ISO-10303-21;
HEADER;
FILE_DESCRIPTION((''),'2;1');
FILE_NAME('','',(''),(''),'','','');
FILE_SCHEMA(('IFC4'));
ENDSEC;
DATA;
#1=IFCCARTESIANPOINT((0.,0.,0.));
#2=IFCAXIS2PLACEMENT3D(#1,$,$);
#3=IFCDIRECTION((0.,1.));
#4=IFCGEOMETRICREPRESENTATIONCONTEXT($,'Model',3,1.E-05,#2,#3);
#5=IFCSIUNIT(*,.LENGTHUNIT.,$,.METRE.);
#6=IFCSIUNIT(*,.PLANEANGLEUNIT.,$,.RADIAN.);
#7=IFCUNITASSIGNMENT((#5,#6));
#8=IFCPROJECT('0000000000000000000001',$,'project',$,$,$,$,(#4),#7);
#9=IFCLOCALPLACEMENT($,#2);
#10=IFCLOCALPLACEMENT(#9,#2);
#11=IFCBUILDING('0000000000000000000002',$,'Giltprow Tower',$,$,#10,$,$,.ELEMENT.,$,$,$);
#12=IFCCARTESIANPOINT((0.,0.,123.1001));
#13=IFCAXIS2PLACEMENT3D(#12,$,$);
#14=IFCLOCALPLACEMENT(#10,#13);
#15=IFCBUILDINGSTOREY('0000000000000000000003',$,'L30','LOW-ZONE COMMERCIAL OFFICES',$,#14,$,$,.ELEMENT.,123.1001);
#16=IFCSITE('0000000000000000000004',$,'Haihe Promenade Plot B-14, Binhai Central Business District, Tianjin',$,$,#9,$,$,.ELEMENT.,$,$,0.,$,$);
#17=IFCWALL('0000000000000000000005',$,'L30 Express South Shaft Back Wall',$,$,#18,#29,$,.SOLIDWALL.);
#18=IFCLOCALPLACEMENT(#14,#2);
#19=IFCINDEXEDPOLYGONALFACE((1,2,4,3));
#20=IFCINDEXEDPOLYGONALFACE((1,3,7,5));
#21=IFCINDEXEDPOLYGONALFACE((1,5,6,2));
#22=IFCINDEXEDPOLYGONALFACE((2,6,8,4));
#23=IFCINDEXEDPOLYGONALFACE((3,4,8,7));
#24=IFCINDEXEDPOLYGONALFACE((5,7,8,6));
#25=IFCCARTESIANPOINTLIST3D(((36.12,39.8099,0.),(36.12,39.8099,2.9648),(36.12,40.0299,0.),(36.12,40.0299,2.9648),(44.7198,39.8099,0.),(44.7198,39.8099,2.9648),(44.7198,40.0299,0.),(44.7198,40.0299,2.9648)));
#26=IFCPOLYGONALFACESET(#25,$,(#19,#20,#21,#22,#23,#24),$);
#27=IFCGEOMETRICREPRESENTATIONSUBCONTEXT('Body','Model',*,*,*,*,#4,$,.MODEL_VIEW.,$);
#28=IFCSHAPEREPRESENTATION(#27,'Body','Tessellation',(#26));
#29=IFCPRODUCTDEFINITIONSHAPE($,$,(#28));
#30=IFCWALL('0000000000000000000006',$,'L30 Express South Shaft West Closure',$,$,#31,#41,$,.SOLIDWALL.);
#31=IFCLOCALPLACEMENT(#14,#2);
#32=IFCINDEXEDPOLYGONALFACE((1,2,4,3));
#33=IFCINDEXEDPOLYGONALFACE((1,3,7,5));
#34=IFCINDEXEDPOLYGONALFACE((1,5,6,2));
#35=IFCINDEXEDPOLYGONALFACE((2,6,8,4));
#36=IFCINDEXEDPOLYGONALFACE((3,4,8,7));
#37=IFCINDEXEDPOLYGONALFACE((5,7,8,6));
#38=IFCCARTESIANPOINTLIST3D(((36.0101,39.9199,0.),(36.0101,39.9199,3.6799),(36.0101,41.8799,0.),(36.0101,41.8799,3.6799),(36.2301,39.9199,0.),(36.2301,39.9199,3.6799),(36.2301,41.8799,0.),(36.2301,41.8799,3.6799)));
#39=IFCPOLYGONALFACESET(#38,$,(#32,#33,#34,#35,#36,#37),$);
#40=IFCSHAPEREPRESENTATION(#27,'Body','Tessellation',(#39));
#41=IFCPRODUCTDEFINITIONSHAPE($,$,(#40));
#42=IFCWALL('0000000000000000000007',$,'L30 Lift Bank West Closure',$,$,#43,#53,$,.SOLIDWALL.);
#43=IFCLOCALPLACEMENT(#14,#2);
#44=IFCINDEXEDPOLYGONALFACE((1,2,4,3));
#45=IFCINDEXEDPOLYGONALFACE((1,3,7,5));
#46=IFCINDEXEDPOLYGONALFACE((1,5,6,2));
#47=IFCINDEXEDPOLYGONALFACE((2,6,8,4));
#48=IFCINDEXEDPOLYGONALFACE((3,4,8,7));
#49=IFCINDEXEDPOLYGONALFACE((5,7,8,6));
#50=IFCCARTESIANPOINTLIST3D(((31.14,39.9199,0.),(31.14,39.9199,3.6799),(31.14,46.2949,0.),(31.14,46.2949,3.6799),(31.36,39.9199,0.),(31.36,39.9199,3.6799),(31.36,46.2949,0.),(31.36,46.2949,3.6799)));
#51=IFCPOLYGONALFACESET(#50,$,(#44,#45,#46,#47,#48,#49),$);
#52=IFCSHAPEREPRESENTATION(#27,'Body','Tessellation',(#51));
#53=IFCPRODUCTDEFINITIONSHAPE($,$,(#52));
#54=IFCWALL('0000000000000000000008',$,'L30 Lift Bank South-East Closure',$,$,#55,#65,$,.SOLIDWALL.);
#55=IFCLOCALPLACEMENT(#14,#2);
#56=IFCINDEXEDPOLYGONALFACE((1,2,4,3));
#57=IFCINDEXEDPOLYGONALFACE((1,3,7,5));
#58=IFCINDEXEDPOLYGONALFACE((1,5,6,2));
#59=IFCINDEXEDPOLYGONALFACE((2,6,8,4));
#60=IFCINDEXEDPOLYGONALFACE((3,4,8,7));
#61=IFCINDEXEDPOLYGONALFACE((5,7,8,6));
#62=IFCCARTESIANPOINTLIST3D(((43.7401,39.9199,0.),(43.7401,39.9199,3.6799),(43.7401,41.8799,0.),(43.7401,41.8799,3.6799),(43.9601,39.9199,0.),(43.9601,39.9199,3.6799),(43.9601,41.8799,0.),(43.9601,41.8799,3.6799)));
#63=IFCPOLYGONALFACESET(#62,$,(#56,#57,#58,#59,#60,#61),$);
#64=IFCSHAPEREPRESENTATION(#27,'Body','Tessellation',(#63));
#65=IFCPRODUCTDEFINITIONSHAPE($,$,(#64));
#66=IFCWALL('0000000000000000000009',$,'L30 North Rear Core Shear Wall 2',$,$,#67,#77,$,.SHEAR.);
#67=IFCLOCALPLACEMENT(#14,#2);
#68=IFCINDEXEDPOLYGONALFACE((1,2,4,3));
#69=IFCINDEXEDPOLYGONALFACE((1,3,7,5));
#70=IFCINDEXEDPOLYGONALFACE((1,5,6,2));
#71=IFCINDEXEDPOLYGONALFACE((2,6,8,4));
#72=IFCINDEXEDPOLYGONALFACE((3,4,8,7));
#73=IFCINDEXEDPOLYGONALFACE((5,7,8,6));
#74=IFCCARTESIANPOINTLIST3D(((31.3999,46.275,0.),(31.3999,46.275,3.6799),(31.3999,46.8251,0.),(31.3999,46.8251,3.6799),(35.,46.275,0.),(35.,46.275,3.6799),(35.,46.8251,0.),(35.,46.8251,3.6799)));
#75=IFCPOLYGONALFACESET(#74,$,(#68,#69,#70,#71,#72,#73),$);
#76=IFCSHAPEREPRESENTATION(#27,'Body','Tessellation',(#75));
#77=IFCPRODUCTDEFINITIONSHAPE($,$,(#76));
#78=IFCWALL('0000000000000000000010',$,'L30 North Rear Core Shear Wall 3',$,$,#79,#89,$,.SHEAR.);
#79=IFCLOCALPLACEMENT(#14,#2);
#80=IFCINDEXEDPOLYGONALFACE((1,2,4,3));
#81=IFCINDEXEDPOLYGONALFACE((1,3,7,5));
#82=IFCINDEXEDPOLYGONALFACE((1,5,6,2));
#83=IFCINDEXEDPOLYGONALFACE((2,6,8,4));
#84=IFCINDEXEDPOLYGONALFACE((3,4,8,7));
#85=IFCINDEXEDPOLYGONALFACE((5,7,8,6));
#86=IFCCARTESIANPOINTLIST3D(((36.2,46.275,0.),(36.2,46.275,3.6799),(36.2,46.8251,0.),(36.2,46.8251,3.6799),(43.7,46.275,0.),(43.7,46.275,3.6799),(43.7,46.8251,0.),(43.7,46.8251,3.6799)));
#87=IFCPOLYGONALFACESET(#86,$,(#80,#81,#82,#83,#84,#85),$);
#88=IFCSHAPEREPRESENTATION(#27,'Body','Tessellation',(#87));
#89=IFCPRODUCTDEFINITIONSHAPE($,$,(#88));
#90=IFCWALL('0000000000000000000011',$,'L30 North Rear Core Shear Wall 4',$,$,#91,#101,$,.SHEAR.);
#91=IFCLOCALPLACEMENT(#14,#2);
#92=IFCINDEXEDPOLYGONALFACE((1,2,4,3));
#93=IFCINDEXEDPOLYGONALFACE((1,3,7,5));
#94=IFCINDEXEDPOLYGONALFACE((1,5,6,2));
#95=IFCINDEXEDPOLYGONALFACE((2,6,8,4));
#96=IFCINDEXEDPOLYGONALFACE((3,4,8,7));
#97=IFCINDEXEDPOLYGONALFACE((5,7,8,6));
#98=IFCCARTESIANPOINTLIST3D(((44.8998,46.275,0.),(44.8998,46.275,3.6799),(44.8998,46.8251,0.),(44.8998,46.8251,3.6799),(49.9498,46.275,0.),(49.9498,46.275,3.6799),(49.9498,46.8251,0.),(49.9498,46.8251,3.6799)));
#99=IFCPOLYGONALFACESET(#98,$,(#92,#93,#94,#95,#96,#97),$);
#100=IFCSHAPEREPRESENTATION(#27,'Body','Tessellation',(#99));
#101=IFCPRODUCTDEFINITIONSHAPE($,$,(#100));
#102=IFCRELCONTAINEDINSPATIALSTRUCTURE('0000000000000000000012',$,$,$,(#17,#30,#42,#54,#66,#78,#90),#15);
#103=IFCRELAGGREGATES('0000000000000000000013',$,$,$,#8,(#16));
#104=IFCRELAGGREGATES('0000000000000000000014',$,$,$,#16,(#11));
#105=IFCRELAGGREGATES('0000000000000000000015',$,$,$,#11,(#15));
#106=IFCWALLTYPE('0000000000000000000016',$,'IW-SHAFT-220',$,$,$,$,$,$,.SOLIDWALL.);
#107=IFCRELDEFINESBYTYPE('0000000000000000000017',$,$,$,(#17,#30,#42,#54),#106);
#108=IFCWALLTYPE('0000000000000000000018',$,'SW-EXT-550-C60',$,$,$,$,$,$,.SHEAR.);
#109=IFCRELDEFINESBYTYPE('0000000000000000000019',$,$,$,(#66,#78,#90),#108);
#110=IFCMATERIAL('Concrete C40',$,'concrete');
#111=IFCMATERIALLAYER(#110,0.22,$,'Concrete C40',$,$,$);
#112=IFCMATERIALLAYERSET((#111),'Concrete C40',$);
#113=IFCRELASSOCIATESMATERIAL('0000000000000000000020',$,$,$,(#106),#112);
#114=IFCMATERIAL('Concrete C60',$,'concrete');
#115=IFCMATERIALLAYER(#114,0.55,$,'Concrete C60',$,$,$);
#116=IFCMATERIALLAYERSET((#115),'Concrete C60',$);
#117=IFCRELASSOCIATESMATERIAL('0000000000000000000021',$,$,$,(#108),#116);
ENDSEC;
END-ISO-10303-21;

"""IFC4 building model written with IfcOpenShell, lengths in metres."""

from ifc_helpers import new_model, si_unit, direction, frame, frame_2d, origin, place, context, subcontext, project, spatial, rectangle, extrude, material, layer, layer_set, type_object, element, save


model = new_model("IFC4")

# Units and contexts
model_context = context("Model", 3, precision=1e-05, world=origin(), true_north=direction((0.0, 1.0)))
body_context = subcontext(model_context, "Body", "Model", "MODEL_VIEW")
ifc_project = project(units=[si_unit("LENGTHUNIT", "METRE"), si_unit("PLANEANGLEUNIT", "RADIAN")], contexts=[model_context])

# Site, building, storey
site_placement = place(None, origin())
site = spatial("IfcSite", under=ifc_project, at=site_placement, Name="Haihe Promenade Plot B-14, Binhai Central Business District, Tianjin", CompositionType="ELEMENT", RefElevation=0.0)
building_placement = place(site_placement, origin())
building = spatial("IfcBuilding", under=site, at=building_placement, Name="Giltprow Tower", CompositionType="ELEMENT")
storey_placement = place(building_placement, frame((0.0, 0.0, 123.1001)))
storey = spatial("IfcBuildingStorey", under=building, at=storey_placement, Name="L30", Description="LOW-ZONE COMMERCIAL OFFICES", CompositionType="ELEMENT", Elevation=123.1001)

# Shared definitions
ifc_material_1 = material(Name="Concrete C60", Category="concrete")

# Shared definitions
ifc_material_2 = material(Name="Concrete C40", Category="concrete")
ifc_layer_1 = layer(ifc_material_2, 0.22, Name="Concrete C40")
ifc_layer_set_1 = layer_set([ifc_layer_1], Name="Concrete C40")
wall_type_1 = type_object("IfcWallType", Name="IW-SHAFT-220", PredefinedType="SOLIDWALL", material=ifc_layer_set_1)

# Walls
wall_1_placement = place(storey_placement, frame((36.1201, 39.9199, 0.0), z_axis=(0.0, 0.0, 1.0), x_axis=(1.0, 0.0, 0.0)))
element("IfcWall", 1, at=wall_1_placement, inside=storey, type_object=wall_type_1, Name="L30 Express South Shaft Back Wall", PredefinedType="SOLIDWALL", context=body_context, shape_type="SweptSolid", body=[
    extrude(rectangle(XDim=8.5999, YDim=0.22, at=frame_2d((4.2998, 0.0))), origin(), (0.0, 0.0, 1.0), 2.9648),
])
wall_2_placement = place(storey_placement, frame((36.1201, 39.9199, 0.0), z_axis=(0.0, 0.0, 1.0), x_axis=(0.0, 1.0, 0.0)))
element("IfcWall", 2, at=wall_2_placement, inside=storey, type_object=wall_type_1, Name="L30 Express South Shaft West Closure", PredefinedType="SOLIDWALL", context=body_context, shape_type="SweptSolid", body=[
    extrude(rectangle(XDim=1.96, YDim=0.22, at=frame_2d((0.98, 0.0))), origin(), (0.0, 0.0, 1.0), 3.6799),
])
wall_3_placement = place(storey_placement, frame((31.25, 39.9199, 0.0), z_axis=(0.0, 0.0, 1.0), x_axis=(0.0, 1.0, 0.0)))
element("IfcWall", 3, at=wall_3_placement, inside=storey, type_object=wall_type_1, Name="L30 Lift Bank West Closure", PredefinedType="SOLIDWALL", context=body_context, shape_type="SweptSolid", body=[
    extrude(rectangle(XDim=6.375, YDim=0.22, at=frame_2d((3.1875, 0.0))), origin(), (0.0, 0.0, 1.0), 3.6799),
])
wall_4_placement = place(storey_placement, frame((43.8501, 39.9199, 0.0), z_axis=(0.0, 0.0, 1.0), x_axis=(0.0, 1.0, 0.0)))
element("IfcWall", 4, at=wall_4_placement, inside=storey, type_object=wall_type_1, Name="L30 Lift Bank South-East Closure", PredefinedType="SOLIDWALL", context=body_context, shape_type="SweptSolid", body=[
    extrude(rectangle(XDim=1.96, YDim=0.22, at=frame_2d((0.98, 0.0))), origin(), (0.0, 0.0, 1.0), 3.6799),
])
ifc_layer_2 = layer(ifc_material_1, 0.55, Name="Concrete C60")
ifc_layer_set_2 = layer_set([ifc_layer_2], Name="Concrete C60")
wall_type_2 = type_object("IfcWallType", Name="SW-EXT-550-C60", PredefinedType="SHEAR", material=ifc_layer_set_2)
wall_5_placement = place(storey_placement, frame((31.3999, 46.55, 0.0), z_axis=(0.0, 0.0, 1.0), x_axis=(1.0, 0.0, 0.0)))
element("IfcWall", 5, at=wall_5_placement, inside=storey, type_object=wall_type_2, Name="L30 North Rear Core Shear Wall 2", PredefinedType="SHEAR", context=body_context, shape_type="SweptSolid", body=[
    extrude(rectangle(XDim=3.6001, YDim=0.55, at=frame_2d((1.8, 0.0))), origin(), (0.0, 0.0, 1.0), 3.6799),
])
wall_6_placement = place(storey_placement, frame((36.2, 46.55, 0.0), z_axis=(0.0, 0.0, 1.0), x_axis=(1.0, 0.0, 0.0)))
element("IfcWall", 6, at=wall_6_placement, inside=storey, type_object=wall_type_2, Name="L30 North Rear Core Shear Wall 3", PredefinedType="SHEAR", context=body_context, shape_type="SweptSolid", body=[
    extrude(rectangle(XDim=7.5, YDim=0.55, at=frame_2d((3.75, 0.0))), origin(), (0.0, 0.0, 1.0), 3.6799),
])
wall_7_placement = place(storey_placement, frame((44.8999, 46.55, 0.0), z_axis=(0.0, 0.0, 1.0), x_axis=(1.0, 0.0, 0.0)))
element("IfcWall", 7, at=wall_7_placement, inside=storey, type_object=wall_type_2, Name="L30 North Rear Core Shear Wall 4", PredefinedType="SHEAR", context=body_context, shape_type="SweptSolid", body=[
    extrude(rectangle(XDim=5.05, YDim=0.55, at=frame_2d((2.5249, 0.0))), origin(), (0.0, 0.0, 1.0), 3.6799),
])

save(model, "model.ifc")
